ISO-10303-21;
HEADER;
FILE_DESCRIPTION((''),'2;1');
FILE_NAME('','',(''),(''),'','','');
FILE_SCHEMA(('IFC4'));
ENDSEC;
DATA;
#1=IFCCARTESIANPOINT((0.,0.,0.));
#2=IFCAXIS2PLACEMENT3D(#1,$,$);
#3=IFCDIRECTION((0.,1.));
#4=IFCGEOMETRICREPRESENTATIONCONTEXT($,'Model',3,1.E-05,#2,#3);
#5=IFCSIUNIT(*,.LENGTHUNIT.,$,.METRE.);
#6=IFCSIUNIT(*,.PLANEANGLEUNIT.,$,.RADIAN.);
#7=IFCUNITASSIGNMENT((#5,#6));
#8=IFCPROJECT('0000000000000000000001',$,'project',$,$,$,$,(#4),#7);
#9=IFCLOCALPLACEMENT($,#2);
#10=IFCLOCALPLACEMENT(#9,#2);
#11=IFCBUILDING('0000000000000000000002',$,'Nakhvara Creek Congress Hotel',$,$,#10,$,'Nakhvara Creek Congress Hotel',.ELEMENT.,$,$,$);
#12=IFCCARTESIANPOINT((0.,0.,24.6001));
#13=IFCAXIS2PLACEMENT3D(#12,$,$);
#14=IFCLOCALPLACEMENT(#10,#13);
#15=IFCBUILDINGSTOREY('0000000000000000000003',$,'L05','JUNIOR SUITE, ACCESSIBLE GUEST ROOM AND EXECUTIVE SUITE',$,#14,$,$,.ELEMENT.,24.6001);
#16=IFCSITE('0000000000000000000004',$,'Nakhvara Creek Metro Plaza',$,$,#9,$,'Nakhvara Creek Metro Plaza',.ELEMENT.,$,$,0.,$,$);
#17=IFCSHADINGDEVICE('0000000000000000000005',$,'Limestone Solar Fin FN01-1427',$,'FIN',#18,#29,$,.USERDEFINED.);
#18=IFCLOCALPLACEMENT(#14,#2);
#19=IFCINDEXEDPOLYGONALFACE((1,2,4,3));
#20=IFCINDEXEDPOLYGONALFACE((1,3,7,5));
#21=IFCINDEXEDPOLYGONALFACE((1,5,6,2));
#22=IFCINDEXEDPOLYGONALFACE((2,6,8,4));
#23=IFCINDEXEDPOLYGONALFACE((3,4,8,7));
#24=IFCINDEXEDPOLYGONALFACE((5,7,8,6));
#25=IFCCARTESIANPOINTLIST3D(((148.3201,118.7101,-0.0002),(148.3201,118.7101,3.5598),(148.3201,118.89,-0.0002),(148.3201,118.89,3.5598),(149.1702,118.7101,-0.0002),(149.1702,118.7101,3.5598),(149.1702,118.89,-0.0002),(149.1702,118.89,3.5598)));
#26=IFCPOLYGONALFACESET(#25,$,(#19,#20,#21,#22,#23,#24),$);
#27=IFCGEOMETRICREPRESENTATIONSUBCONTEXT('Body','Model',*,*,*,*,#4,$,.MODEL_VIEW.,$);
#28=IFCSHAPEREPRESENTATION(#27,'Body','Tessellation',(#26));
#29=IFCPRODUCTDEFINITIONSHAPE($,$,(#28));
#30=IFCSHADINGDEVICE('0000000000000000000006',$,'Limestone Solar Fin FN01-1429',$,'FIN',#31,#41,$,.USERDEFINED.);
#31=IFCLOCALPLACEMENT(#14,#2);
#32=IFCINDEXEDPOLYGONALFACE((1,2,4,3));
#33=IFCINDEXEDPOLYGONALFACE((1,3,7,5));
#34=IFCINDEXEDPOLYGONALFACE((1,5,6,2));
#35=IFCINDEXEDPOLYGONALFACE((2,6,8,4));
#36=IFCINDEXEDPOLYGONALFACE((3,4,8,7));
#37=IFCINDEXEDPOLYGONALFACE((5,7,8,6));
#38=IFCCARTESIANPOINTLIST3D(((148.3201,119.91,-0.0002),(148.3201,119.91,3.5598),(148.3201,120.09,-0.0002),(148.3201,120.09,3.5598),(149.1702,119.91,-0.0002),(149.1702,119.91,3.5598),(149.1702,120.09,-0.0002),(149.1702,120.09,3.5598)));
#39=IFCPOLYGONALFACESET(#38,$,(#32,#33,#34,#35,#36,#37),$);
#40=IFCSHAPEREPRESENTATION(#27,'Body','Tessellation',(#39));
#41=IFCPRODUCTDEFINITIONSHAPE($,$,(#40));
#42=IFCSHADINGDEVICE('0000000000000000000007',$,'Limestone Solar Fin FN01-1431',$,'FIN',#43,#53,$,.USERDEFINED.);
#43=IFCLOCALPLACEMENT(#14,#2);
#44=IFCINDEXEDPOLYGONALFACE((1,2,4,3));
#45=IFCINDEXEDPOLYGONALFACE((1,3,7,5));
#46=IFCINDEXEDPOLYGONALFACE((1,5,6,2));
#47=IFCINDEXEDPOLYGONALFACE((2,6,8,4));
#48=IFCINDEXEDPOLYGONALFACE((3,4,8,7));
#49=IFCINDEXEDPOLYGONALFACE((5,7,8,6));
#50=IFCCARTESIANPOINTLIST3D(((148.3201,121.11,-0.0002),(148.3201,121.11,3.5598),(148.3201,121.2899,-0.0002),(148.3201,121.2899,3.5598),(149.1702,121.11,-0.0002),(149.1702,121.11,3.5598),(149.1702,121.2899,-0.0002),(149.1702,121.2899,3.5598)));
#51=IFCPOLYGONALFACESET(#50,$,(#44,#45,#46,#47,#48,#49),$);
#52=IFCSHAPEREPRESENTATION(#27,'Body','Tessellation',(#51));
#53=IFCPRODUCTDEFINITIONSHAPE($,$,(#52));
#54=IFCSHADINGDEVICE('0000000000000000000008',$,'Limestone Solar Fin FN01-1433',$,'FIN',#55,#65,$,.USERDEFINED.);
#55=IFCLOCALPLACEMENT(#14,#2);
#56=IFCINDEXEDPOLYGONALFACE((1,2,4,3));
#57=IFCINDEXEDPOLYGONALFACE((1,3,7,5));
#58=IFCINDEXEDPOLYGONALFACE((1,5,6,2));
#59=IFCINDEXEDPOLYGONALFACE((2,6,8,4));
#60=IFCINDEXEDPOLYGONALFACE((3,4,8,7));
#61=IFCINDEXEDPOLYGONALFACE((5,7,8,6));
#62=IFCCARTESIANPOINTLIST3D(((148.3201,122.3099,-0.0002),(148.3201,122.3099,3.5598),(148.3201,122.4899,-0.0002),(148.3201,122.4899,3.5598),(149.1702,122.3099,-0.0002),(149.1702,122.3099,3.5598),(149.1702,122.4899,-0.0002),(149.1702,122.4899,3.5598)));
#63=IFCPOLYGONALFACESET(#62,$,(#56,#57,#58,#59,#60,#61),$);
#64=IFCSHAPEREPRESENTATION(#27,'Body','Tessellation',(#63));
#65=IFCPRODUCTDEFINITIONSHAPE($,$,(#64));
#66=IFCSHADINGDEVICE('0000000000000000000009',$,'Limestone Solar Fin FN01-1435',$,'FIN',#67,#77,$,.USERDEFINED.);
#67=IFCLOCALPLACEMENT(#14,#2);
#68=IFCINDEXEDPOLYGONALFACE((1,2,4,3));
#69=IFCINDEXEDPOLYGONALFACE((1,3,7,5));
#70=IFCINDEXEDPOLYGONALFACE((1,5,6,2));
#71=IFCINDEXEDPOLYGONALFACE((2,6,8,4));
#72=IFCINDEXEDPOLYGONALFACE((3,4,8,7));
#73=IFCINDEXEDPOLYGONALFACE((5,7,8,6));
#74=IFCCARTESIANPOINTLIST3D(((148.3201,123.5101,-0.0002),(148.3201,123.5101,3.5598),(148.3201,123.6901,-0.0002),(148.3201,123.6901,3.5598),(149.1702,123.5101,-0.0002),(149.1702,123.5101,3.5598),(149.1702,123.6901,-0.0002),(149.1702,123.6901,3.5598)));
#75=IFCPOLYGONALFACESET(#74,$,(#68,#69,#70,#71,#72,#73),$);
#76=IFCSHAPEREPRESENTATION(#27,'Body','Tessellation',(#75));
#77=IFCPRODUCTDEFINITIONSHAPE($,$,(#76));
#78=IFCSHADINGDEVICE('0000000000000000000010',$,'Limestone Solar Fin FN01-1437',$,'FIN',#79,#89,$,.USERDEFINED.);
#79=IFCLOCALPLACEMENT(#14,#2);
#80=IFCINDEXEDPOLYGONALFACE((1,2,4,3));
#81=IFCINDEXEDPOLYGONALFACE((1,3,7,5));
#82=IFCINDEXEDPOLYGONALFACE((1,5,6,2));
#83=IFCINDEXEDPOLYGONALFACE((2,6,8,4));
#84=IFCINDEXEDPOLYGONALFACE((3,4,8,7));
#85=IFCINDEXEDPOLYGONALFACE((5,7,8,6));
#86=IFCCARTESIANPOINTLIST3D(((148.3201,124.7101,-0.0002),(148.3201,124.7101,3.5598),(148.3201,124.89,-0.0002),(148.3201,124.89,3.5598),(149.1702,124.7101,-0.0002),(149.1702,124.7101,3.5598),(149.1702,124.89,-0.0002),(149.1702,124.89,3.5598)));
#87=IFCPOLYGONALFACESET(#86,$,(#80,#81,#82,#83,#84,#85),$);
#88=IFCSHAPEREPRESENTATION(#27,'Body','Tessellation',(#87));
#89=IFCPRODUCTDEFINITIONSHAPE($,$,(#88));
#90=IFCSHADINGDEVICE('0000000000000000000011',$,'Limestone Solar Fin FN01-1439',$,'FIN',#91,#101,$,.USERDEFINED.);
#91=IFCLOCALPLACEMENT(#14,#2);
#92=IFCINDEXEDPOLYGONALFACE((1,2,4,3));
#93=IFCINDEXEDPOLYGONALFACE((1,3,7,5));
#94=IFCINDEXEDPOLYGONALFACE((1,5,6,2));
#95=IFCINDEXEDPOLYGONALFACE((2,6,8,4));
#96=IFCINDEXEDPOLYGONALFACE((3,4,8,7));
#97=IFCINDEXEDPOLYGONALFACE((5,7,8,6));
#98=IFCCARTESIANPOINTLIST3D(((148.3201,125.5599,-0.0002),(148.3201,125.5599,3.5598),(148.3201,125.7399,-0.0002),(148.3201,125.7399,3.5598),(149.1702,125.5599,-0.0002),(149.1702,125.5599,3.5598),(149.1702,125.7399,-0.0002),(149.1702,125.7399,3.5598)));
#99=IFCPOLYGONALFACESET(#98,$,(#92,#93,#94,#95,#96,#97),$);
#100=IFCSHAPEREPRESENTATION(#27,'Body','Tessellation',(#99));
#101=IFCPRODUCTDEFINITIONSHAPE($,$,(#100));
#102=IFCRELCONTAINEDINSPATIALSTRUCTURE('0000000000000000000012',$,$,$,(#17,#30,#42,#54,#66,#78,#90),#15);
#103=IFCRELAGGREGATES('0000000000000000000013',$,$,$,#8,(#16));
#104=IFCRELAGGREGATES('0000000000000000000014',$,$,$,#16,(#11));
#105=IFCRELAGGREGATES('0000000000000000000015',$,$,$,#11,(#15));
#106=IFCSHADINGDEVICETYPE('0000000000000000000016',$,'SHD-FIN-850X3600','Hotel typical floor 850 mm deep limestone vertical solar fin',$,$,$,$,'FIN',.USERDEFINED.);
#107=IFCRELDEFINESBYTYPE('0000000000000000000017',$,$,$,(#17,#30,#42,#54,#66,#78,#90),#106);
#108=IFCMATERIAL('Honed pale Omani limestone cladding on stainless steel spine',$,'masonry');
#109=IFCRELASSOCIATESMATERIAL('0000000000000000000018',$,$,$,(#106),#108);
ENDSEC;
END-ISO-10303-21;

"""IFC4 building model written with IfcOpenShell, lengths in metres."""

from ifc_helpers import new_model, si_unit, direction, frame, origin, origin_2d, place, context, subcontext, project, spatial, rectangle, extrude, material, type_object, element, save


model = new_model("IFC4")

# Units and contexts
model_context = context("Model", 3, precision=1e-05, world=origin(), true_north=direction((0.0, 1.0)))
body_context = subcontext(model_context, "Body", "Model", "MODEL_VIEW")
ifc_project = project(units=[si_unit("LENGTHUNIT", "METRE"), si_unit("PLANEANGLEUNIT", "RADIAN")], contexts=[model_context])

# Site, building, storey
site_placement = place(None, origin())
site = spatial("IfcSite", under=ifc_project, at=site_placement, Name="Nakhvara Creek Metro Plaza", LongName="Nakhvara Creek Metro Plaza", CompositionType="ELEMENT", RefElevation=0.0)
building_placement = place(site_placement, origin())
building = spatial("IfcBuilding", under=site, at=building_placement, Name="Nakhvara Creek Congress Hotel", LongName="Nakhvara Creek Congress Hotel", CompositionType="ELEMENT")
storey_placement = place(building_placement, frame((0.0, 0.0, 24.6001)))
storey = spatial("IfcBuildingStorey", under=building, at=storey_placement, Name="L05", Description="JUNIOR SUITE, ACCESSIBLE GUEST ROOM AND EXECUTIVE SUITE", CompositionType="ELEMENT", Elevation=24.6001)

# Shading devices
ifc_material_1 = material(Name="Honed pale Omani limestone cladding on stainless steel spine", Category="masonry")
shading_device_type = type_object("IfcShadingDeviceType", Name="SHD-FIN-850X3600", Description="Hotel typical floor 850 mm deep limestone vertical solar fin", ElementType="FIN", PredefinedType="USERDEFINED", material=ifc_material_1)
for number, where, z_axis, x_axis, name in (
    (1, (148.7451, 118.8, -0.0002), (0.0, 0.0, 1.0), (0.0, 1.0, 0.0), "Limestone Solar Fin FN01-1427"),
    (2, (148.7451, 120.0, -0.0002), (0.0, 0.0, 1.0), (0.0, 1.0, 0.0), "Limestone Solar Fin FN01-1429"),
    (3, (148.7451, 121.2, -0.0002), (0.0, 0.0, 1.0), (0.0, 1.0, 0.0), "Limestone Solar Fin FN01-1431"),
    (4, (148.7451, 122.3999, -0.0002), (0.0, 0.0, 1.0), (0.0, 1.0, 0.0), "Limestone Solar Fin FN01-1433"),
    (5, (148.7451, 123.6001, -0.0002), (0.0, 0.0, 1.0), (0.0, 1.0, 0.0), "Limestone Solar Fin FN01-1435"),
    (6, (148.7451, 124.8, -0.0002), (0.0, 0.0, 1.0), (0.0, 1.0, 0.0), "Limestone Solar Fin FN01-1437"),
    (7, (148.7451, 125.6499, -0.0002), (0.0, 0.0, 1.0), (0.0, 1.0, 0.0), "Limestone Solar Fin FN01-1439"),
):
    element("IfcShadingDevice", number, at=place(storey_placement, frame(where, z_axis=z_axis, x_axis=x_axis)), inside=storey, type_object=shading_device_type, Name=name, ObjectType="FIN", PredefinedType="USERDEFINED", context=body_context, shape_type="SweptSolid", body=[
        extrude(rectangle(XDim=0.1799, YDim=0.8501, at=origin_2d()), origin(), (0.0, 0.0, 1.0), 3.5601),
    ])

save(model, "model.ifc")
